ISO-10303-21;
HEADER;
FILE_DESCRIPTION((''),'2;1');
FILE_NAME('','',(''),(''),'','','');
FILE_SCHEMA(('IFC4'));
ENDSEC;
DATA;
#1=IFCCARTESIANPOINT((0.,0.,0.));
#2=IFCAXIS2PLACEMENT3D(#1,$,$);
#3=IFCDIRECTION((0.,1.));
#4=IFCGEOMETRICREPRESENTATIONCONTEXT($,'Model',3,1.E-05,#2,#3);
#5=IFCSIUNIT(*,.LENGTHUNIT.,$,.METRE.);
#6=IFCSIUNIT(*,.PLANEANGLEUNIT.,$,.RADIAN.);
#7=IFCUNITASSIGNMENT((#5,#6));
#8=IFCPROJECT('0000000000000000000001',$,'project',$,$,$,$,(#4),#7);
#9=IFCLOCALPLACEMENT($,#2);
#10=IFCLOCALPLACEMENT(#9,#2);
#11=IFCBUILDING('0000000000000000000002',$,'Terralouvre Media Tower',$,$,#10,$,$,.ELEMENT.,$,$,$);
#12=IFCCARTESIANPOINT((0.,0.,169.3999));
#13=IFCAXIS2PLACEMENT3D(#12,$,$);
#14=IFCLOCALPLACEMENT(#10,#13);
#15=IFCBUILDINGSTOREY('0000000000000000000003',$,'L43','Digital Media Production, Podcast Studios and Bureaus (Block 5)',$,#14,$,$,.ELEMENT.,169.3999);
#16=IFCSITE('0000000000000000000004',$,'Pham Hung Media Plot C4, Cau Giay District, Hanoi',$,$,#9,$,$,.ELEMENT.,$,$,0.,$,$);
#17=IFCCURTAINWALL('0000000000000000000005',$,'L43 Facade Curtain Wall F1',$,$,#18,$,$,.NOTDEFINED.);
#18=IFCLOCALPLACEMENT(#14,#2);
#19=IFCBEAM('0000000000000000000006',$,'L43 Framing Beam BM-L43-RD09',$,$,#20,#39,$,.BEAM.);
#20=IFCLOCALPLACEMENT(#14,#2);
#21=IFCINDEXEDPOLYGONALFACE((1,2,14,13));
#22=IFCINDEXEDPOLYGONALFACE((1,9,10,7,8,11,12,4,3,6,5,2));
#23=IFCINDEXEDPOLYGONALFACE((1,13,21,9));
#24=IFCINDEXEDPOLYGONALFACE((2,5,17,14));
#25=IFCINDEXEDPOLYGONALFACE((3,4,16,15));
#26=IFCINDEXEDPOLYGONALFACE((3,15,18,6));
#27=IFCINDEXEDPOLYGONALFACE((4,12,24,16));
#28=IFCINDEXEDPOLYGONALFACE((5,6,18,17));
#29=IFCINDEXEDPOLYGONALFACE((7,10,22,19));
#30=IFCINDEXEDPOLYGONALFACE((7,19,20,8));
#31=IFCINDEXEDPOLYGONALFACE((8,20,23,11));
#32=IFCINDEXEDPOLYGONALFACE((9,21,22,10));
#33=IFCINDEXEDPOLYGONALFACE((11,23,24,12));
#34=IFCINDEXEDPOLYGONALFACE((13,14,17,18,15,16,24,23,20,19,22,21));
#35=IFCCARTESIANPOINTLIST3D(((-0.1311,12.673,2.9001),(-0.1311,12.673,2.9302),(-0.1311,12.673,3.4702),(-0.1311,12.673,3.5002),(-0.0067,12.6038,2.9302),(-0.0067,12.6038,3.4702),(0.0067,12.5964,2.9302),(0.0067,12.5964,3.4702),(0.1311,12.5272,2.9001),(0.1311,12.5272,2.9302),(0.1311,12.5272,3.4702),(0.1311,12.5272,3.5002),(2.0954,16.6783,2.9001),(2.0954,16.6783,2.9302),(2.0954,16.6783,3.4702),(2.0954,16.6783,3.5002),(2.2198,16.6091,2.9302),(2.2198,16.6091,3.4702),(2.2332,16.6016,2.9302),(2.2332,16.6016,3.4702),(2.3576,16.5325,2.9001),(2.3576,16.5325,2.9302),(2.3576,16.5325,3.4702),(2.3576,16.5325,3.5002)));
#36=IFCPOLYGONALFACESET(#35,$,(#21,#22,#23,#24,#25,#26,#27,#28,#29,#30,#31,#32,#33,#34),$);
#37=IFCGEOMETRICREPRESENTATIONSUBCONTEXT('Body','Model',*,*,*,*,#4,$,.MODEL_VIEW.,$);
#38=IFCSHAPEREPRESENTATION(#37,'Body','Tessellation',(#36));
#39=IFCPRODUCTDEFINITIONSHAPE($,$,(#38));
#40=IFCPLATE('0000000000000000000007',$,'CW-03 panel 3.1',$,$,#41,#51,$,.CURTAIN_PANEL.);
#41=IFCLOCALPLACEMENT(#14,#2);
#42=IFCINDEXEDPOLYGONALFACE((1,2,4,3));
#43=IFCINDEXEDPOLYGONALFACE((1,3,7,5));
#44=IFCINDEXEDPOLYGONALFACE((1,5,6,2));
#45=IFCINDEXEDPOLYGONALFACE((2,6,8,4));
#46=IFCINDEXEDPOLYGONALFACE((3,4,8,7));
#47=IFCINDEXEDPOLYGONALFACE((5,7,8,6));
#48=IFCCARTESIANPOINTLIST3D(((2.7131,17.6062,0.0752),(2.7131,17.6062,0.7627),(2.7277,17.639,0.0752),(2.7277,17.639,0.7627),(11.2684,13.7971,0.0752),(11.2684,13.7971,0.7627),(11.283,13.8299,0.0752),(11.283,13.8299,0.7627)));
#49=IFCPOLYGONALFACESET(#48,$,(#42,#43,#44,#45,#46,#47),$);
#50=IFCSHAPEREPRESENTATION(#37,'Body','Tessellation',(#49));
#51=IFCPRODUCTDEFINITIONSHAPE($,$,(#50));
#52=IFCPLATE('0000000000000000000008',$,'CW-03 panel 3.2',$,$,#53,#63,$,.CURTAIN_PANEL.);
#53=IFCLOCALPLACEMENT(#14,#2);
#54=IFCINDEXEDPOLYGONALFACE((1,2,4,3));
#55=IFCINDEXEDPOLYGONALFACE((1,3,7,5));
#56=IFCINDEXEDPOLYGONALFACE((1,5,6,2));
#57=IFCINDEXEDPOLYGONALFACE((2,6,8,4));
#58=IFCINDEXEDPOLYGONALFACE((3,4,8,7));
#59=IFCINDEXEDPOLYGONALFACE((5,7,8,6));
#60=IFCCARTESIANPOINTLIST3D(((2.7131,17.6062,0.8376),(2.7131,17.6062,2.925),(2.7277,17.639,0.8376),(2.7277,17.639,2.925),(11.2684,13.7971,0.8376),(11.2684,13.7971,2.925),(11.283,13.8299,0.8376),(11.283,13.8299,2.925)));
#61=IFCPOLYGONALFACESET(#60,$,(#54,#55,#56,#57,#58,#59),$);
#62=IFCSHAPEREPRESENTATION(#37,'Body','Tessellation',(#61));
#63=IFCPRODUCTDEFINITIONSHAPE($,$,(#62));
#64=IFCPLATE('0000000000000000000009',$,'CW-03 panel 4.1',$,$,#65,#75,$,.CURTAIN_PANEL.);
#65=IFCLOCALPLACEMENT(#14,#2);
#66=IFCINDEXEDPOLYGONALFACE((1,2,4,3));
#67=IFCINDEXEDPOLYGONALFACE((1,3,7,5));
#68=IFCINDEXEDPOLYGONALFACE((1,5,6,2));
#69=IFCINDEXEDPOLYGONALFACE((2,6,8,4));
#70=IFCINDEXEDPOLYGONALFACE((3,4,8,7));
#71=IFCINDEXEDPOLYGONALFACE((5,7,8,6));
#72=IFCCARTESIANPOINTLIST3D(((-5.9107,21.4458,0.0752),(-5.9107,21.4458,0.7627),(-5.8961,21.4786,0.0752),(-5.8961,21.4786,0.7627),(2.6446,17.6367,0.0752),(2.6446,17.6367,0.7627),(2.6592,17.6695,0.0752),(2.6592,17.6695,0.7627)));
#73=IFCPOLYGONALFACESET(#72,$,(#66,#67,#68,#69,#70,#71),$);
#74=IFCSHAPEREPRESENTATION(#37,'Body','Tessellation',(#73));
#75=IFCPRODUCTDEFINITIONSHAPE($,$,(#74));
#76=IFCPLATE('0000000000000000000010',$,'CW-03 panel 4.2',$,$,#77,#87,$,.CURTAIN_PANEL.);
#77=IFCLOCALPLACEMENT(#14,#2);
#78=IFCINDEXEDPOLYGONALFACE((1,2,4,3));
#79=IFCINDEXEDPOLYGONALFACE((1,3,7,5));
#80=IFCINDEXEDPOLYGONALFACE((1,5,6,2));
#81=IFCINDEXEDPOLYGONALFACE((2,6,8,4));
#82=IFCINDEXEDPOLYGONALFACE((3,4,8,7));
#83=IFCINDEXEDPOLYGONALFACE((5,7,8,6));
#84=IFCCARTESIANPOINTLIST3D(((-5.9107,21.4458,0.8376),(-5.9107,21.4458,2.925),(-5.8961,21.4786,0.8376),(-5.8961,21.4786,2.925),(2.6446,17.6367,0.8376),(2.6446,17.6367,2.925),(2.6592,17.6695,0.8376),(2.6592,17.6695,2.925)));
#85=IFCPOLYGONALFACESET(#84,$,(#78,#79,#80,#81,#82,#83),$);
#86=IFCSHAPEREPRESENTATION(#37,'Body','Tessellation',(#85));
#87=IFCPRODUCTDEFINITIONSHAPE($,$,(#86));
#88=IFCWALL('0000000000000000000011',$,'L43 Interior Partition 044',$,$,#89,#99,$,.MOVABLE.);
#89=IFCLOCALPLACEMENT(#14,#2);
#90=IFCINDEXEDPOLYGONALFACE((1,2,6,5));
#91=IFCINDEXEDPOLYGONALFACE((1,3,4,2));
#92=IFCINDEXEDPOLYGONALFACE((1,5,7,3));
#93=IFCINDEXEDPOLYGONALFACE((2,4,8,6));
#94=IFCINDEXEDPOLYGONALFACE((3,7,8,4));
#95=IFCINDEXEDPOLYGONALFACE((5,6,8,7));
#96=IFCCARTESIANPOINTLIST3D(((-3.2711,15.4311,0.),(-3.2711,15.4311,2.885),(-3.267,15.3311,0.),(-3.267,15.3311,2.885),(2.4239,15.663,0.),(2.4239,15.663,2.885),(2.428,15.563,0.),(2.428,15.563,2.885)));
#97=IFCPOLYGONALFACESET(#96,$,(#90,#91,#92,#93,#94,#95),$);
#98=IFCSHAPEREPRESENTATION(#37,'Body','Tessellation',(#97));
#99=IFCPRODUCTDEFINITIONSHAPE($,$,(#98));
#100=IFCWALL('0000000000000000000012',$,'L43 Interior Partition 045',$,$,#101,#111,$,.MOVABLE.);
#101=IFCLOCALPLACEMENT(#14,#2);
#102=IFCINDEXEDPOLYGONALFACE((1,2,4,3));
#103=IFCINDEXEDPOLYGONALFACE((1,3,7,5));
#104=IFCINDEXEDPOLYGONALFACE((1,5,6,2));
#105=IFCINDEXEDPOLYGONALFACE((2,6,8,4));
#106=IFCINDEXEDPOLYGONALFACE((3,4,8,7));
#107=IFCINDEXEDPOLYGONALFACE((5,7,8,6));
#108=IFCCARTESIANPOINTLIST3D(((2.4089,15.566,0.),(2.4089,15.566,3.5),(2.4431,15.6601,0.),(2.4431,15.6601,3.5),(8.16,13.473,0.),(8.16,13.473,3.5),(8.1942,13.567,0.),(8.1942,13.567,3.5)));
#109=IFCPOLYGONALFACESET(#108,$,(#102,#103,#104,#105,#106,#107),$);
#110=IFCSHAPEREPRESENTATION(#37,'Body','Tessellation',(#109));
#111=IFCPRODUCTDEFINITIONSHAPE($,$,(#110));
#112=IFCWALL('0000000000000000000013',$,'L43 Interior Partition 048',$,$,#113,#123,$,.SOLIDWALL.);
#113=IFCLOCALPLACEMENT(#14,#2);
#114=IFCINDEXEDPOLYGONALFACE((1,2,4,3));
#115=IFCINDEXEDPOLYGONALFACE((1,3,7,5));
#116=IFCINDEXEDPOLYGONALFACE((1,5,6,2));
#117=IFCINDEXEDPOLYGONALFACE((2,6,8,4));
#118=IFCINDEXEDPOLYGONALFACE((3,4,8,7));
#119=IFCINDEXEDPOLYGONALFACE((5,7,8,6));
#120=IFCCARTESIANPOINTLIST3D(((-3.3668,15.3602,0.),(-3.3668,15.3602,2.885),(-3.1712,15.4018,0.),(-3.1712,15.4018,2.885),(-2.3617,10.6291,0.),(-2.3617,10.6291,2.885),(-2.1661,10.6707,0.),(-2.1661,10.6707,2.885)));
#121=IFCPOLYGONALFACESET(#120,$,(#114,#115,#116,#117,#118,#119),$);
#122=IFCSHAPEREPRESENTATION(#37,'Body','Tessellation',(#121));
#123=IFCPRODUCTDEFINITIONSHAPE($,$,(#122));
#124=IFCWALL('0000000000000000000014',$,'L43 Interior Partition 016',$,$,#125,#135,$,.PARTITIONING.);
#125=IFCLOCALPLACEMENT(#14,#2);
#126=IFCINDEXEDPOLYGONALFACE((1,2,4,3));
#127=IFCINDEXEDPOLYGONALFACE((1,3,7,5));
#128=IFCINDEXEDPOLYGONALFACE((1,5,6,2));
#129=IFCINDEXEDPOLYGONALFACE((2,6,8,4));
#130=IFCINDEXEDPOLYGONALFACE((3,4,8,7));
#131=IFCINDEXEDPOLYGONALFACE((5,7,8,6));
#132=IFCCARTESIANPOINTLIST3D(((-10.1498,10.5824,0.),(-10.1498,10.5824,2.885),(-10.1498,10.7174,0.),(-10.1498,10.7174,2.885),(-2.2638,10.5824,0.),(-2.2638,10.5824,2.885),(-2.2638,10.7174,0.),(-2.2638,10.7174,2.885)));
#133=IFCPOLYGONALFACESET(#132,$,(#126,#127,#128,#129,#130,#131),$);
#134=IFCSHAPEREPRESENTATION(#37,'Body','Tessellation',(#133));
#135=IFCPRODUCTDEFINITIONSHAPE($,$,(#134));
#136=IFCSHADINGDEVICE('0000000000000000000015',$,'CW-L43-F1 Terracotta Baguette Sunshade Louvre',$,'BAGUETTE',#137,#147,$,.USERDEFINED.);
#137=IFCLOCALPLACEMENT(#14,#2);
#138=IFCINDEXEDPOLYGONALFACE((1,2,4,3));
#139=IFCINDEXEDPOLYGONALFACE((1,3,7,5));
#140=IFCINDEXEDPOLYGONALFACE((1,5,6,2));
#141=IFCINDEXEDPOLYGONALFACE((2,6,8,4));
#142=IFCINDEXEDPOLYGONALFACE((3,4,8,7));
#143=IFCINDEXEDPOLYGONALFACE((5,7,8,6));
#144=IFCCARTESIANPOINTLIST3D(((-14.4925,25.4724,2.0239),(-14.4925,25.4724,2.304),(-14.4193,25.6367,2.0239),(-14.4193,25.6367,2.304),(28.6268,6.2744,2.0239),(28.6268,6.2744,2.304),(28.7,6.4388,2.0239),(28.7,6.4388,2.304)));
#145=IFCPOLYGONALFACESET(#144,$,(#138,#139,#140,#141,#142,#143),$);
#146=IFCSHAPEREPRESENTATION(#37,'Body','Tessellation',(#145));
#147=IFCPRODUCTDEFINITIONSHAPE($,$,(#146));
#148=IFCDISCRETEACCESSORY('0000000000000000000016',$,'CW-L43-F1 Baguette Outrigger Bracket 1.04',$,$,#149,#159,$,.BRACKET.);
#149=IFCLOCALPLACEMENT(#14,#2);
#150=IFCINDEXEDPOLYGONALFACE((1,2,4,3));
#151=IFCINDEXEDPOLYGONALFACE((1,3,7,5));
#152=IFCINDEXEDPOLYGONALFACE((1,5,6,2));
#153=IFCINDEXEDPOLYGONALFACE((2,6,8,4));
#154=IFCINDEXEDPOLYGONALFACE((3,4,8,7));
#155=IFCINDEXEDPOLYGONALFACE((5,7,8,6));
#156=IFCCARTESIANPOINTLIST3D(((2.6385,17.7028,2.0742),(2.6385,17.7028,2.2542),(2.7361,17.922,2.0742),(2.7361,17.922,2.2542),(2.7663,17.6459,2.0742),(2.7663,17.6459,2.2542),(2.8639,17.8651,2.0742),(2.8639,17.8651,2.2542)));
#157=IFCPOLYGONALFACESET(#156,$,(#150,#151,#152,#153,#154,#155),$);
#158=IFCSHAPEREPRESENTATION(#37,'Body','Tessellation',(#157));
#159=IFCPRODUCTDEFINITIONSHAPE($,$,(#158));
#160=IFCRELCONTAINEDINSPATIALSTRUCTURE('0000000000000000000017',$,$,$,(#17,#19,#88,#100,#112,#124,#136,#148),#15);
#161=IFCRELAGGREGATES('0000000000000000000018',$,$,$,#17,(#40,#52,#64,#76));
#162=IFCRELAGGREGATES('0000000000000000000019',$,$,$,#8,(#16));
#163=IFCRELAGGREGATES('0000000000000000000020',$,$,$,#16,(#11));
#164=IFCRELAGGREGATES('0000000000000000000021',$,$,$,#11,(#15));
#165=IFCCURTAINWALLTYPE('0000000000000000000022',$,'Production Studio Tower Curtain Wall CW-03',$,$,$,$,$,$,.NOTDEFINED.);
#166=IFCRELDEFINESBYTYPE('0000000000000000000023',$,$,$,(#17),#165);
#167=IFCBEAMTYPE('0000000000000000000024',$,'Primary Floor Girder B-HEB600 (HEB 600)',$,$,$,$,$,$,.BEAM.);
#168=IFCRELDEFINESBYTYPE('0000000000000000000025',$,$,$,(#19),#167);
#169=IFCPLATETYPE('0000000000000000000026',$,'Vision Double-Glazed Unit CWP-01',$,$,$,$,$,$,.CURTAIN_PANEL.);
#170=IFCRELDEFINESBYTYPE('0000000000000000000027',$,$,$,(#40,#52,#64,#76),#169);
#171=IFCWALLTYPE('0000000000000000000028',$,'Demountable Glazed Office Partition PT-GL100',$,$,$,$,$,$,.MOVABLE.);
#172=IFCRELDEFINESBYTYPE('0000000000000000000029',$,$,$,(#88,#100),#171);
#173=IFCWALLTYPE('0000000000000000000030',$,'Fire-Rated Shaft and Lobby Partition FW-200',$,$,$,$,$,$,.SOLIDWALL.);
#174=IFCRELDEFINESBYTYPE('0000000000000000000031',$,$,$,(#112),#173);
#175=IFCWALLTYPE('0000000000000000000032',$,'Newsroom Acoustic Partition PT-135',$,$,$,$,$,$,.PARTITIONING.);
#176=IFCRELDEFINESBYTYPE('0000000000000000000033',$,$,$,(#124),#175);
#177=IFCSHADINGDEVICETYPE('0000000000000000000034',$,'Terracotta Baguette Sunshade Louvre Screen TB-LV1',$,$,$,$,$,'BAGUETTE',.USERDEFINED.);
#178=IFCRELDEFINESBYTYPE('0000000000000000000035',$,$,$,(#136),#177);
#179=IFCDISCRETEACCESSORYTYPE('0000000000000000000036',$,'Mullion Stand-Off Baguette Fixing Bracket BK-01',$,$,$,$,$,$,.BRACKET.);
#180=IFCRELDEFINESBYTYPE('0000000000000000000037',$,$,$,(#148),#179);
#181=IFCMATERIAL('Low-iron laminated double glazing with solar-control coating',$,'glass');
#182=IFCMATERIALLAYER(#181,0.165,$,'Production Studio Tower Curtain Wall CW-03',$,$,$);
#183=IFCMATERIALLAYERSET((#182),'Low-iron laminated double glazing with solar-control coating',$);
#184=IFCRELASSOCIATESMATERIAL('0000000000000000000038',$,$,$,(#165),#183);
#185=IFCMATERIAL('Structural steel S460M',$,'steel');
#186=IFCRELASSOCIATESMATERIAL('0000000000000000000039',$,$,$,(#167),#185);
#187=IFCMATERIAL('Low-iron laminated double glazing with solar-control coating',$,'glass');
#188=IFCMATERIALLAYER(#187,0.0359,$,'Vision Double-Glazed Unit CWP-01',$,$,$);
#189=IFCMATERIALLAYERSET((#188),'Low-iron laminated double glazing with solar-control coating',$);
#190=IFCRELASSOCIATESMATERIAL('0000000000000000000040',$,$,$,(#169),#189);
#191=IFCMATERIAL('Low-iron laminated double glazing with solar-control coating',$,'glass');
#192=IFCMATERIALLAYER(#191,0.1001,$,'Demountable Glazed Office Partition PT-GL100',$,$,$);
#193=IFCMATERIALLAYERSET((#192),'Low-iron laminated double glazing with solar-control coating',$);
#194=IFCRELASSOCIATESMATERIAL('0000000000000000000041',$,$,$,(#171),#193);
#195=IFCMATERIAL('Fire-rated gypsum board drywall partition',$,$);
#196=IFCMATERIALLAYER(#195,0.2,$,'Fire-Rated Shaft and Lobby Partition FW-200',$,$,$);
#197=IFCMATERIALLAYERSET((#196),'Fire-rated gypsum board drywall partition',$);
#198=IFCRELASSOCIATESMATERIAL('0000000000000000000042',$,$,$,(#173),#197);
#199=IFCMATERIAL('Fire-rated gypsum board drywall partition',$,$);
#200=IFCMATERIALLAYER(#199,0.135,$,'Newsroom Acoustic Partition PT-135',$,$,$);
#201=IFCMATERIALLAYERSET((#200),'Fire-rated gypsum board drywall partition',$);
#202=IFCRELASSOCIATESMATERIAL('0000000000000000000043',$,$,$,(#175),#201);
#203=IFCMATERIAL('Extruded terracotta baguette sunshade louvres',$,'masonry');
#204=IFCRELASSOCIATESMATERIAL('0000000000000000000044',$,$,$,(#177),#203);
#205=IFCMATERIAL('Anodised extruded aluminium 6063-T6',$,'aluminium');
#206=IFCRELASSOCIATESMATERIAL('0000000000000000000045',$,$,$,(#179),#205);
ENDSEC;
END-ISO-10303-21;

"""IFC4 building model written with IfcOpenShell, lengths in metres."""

from ifc_helpers import new_model, si_unit, direction, frame, frame_2d, origin, origin_2d, place, context, subcontext, project, spatial, rectangle, i_section, extrude, material, layer, layer_set, material_profile, profile_set, type_object, element, aggregate, save


model = new_model("IFC4")

# Units and contexts
model_context = context("Model", 3, precision=1e-05, world=origin(), true_north=direction((0.0, 1.0)))
body_context = subcontext(model_context, "Body", "Model", "MODEL_VIEW")
ifc_project = project(units=[si_unit("LENGTHUNIT", "METRE"), si_unit("PLANEANGLEUNIT", "RADIAN")], contexts=[model_context])

# Site, building, storey
site_placement = place(None, origin())
site = spatial("IfcSite", under=ifc_project, at=site_placement, Name="Pham Hung Media Plot C4, Cau Giay District, Hanoi", CompositionType="ELEMENT", RefElevation=0.0)
building_placement = place(site_placement, origin())
building = spatial("IfcBuilding", under=site, at=building_placement, Name="Terralouvre Media Tower", CompositionType="ELEMENT")
storey_placement = place(building_placement, frame((0.0, 0.0, 169.3999)))
storey = spatial("IfcBuildingStorey", under=building, at=storey_placement, Name="L43", Description="Digital Media Production, Podcast Studios and Bureaus (Block 5)", CompositionType="ELEMENT", Elevation=169.3999)

# Curtain wall
ifc_material_1 = material(Name="Low-iron laminated double glazing with solar-control coating", Category="glass")
ifc_layer_1 = layer(ifc_material_1, 0.165, Name="Production Studio Tower Curtain Wall CW-03")
ifc_layer_set_1 = layer_set([ifc_layer_1], Name="Low-iron laminated double glazing with solar-control coating")
curtain_wall_type = type_object("IfcCurtainWallType", Name="Production Studio Tower Curtain Wall CW-03", PredefinedType="NOTDEFINED", material=ifc_layer_set_1)
curtain_wall_placement = place(storey_placement, origin())
curtain_wall = element("IfcCurtainWall", 1, at=curtain_wall_placement, inside=storey, type_object=curtain_wall_type, Name="L43 Facade Curtain Wall F1", PredefinedType="NOTDEFINED")

# Beam
ifc_material_2 = material(Name="Structural steel S460M", Category="steel")
ifc_material_profile_1 = material_profile(ifc_material_2, i_section(OverallWidth=0.3, OverallDepth=0.6001, WebThickness=0.0154, FlangeThickness=0.03, at=origin_2d()), Name="HEB 600")
ifc_profile_set_1 = profile_set([ifc_material_profile_1], Name="Structural steel S460M")
beam_type_1 = type_object("IfcBeamType", Name="Primary Floor Girder B-HEB600 (HEB 600)", PredefinedType="BEAM", material=ifc_profile_set_1)
beam_1_placement = place(storey_placement, frame((0.0, 12.6001, 3.2002), z_axis=(0.485869, 0.874032, 0.0), x_axis=(-0.874032, 0.485869, 0.0)))
element("IfcBeam", 2, at=beam_1_placement, inside=storey, type_object=beam_type_1, Name="L43 Framing Beam BM-L43-RD09", PredefinedType="BEAM", context=body_context, shape_type="SweptSolid", body=[
    extrude(i_section(OverallWidth=0.3, OverallDepth=0.6001, WebThickness=0.0154, FlangeThickness=0.03, at=origin_2d()), origin(), (0.0, 0.0, 1.0), 4.5825),
])

# Plates
ifc_material_3 = material(Name="Low-iron laminated double glazing with solar-control coating", Category="glass")
ifc_layer_2 = layer(ifc_material_3, 0.0359, Name="Vision Double-Glazed Unit CWP-01")
ifc_layer_set_2 = layer_set([ifc_layer_2], Name="Low-iron laminated double glazing with solar-control coating")
plate_type = type_object("IfcPlateType", Name="Vision Double-Glazed Unit CWP-01", PredefinedType="CURTAIN_PANEL", material=ifc_layer_set_2)
plate_1_placement = place(storey_placement, frame((6.998, 15.718, 0.0752), z_axis=(0.0, 0.0, 1.0), x_axis=(-0.913545, 0.406737, 0.0)))
plate_1 = element("IfcPlate", 3, at=plate_1_placement, type_object=plate_type, Name="CW-03 panel 3.1", PredefinedType="CURTAIN_PANEL", context=body_context, shape_type="SweptSolid", body=[
    extrude(rectangle(XDim=9.365, YDim=0.0359, at=origin_2d()), origin(), (0.0, 0.0, 1.0), 0.6875),
])
plate_2_placement = place(storey_placement, frame((6.998, 15.718, 0.8376), z_axis=(0.0, 0.0, 1.0), x_axis=(-0.913545, 0.406737, 0.0)))
plate_2 = element("IfcPlate", 4, at=plate_2_placement, type_object=plate_type, Name="CW-03 panel 3.2", PredefinedType="CURTAIN_PANEL", context=body_context, shape_type="SweptSolid", body=[
    extrude(rectangle(XDim=9.365, YDim=0.0359, at=origin_2d()), origin(), (0.0, 0.0, 1.0), 2.0874),
])
plate_3_placement = place(storey_placement, frame((-1.6257, 19.5576, 0.0752), z_axis=(0.0, 0.0, 1.0), x_axis=(-0.913545, 0.406737, 0.0)))
plate_3 = element("IfcPlate", 5, at=plate_3_placement, type_object=plate_type, Name="CW-03 panel 4.1", PredefinedType="CURTAIN_PANEL", context=body_context, shape_type="SweptSolid", body=[
    extrude(rectangle(XDim=9.365, YDim=0.0359, at=origin_2d()), origin(), (0.0, 0.0, 1.0), 0.6875),
])
plate_4_placement = place(storey_placement, frame((-1.6257, 19.5576, 0.8376), z_axis=(0.0, 0.0, 1.0), x_axis=(-0.913545, 0.406737, 0.0)))
plate_4 = element("IfcPlate", 6, at=plate_4_placement, type_object=plate_type, Name="CW-03 panel 4.2", PredefinedType="CURTAIN_PANEL", context=body_context, shape_type="SweptSolid", body=[
    extrude(rectangle(XDim=9.365, YDim=0.0359, at=origin_2d()), origin(), (0.0, 0.0, 1.0), 2.0874),
])
aggregate(curtain_wall, [plate_1, plate_2, plate_3, plate_4])

# Walls
ifc_material_4 = material(Name="Low-iron laminated double glazing with solar-control coating", Category="glass")
ifc_layer_3 = layer(ifc_material_4, 0.1001, Name="Demountable Glazed Office Partition PT-GL100")
ifc_layer_set_3 = layer_set([ifc_layer_3], Name="Low-iron laminated double glazing with solar-control coating")
wall_type_1 = type_object("IfcWallType", Name="Demountable Glazed Office Partition PT-GL100", PredefinedType="MOVABLE", material=ifc_layer_set_3)
wall_1_placement = place(storey_placement, frame((-3.269, 15.3811, 0.0), z_axis=(0.0, 0.0, 1.0), x_axis=(0.999172, 0.040692, 0.0)))
element("IfcWall", 7, at=wall_1_placement, inside=storey, type_object=wall_type_1, Name="L43 Interior Partition 044", PredefinedType="MOVABLE", context=body_context, shape_type="SweptSolid", body=[
    extrude(rectangle(XDim=5.6997, YDim=0.1001, at=frame_2d((2.8499, 0.0))), origin(), (0.0, 0.0, 1.0), 2.885),
])
wall_2_placement = place(storey_placement, frame((2.426, 15.613, 0.0), z_axis=(0.0, 0.0, 1.0), x_axis=(0.939701, -0.341996, 0.0)))
element("IfcWall", 8, at=wall_2_placement, inside=storey, type_object=wall_type_1, Name="L43 Interior Partition 045", PredefinedType="MOVABLE", context=body_context, shape_type="SweptSolid", body=[
    extrude(rectangle(XDim=6.1201, YDim=0.1001, at=frame_2d((3.0601, 0.0))), origin(), (0.0, 0.0, 1.0), 3.5),
])
ifc_material_5 = material(Name="Fire-rated gypsum board drywall partition")
ifc_layer_4 = layer(ifc_material_5, 0.2, Name="Fire-Rated Shaft and Lobby Partition FW-200")
ifc_layer_set_4 = layer_set([ifc_layer_4], Name="Fire-rated gypsum board drywall partition")
wall_type_2 = type_object("IfcWallType", Name="Fire-Rated Shaft and Lobby Partition FW-200", PredefinedType="SOLIDWALL", material=ifc_layer_set_4)
wall_3_placement = place(storey_placement, frame((-3.269, 15.3811, 0.0), z_axis=(0.0, 0.0, 1.0), x_axis=(0.207809, -0.978169, 0.0)))
element("IfcWall", 9, at=wall_3_placement, inside=storey, type_object=wall_type_2, Name="L43 Interior Partition 048", PredefinedType="SOLIDWALL", context=body_context, shape_type="SweptSolid", body=[
    extrude(rectangle(XDim=4.8367, YDim=0.2, at=frame_2d((2.4185, 0.0))), origin(), (0.0, 0.0, 1.0), 2.885),
])
ifc_material_6 = material(Name="Fire-rated gypsum board drywall partition")
ifc_layer_5 = layer(ifc_material_6, 0.135, Name="Newsroom Acoustic Partition PT-135")
ifc_layer_set_5 = layer_set([ifc_layer_5], Name="Fire-rated gypsum board drywall partition")
wall_type_3 = type_object("IfcWallType", Name="Newsroom Acoustic Partition PT-135", PredefinedType="PARTITIONING", material=ifc_layer_set_5)
wall_4_placement = place(storey_placement, frame((-2.2639, 10.6499, 0.0), z_axis=(0.0, 0.0, 1.0), x_axis=(-1.0, 0.0, 0.0)))
element("IfcWall", 10, at=wall_4_placement, inside=storey, type_object=wall_type_3, Name="L43 Interior Partition 016", PredefinedType="PARTITIONING", context=body_context, shape_type="SweptSolid", body=[
    extrude(rectangle(XDim=7.886, YDim=0.135, at=frame_2d((3.9429, 0.0))), origin(), (0.0, 0.0, 1.0), 2.885),
])

# Shading device
ifc_material_7 = material(Name="Extruded terracotta baguette sunshade louvres", Category="masonry")
shading_device_type = type_object("IfcShadingDeviceType", Name="Terracotta Baguette Sunshade Louvre Screen TB-LV1", ElementType="BAGUETTE", PredefinedType="USERDEFINED", material=ifc_material_7)
shading_device_placement = place(storey_placement, frame((7.1038, 15.9556, 2.0239), z_axis=(0.0, 0.0, 1.0), x_axis=(-0.913545, 0.406737, 0.0)))
element("IfcShadingDevice", 11, at=shading_device_placement, inside=storey, type_object=shading_device_type, Name="CW-L43-F1 Terracotta Baguette Sunshade Louvre", ObjectType="BAGUETTE", PredefinedType="USERDEFINED", context=body_context, shape_type="SweptSolid", body=[
    extrude(rectangle(XDim=47.2, YDim=0.1799, at=origin_2d()), origin(), (0.0, 0.0, 1.0), 0.28),
])

# Discrete accessory
ifc_material_8 = material(Name="Anodised extruded aluminium 6063-T6", Category="aluminium")
discrete_accessory_type = type_object("IfcDiscreteAccessoryType", Name="Mullion Stand-Off Baguette Fixing Bracket BK-01", PredefinedType="BRACKET", material=ifc_material_8)
discrete_accessory_placement = place(storey_placement, frame((2.7512, 17.7839, 2.0742), z_axis=(0.0, 0.0, 1.0), x_axis=(-0.913545, 0.406737, 0.0)))
element("IfcDiscreteAccessory", 12, at=discrete_accessory_placement, inside=storey, type_object=discrete_accessory_type, Name="CW-L43-F1 Baguette Outrigger Bracket 1.04", PredefinedType="BRACKET", context=body_context, shape_type="SweptSolid", body=[
    extrude(rectangle(XDim=0.1399, YDim=0.24, at=origin_2d()), origin(), (0.0, 0.0, 1.0), 0.1799),
])

save(model, "model.ifc")
